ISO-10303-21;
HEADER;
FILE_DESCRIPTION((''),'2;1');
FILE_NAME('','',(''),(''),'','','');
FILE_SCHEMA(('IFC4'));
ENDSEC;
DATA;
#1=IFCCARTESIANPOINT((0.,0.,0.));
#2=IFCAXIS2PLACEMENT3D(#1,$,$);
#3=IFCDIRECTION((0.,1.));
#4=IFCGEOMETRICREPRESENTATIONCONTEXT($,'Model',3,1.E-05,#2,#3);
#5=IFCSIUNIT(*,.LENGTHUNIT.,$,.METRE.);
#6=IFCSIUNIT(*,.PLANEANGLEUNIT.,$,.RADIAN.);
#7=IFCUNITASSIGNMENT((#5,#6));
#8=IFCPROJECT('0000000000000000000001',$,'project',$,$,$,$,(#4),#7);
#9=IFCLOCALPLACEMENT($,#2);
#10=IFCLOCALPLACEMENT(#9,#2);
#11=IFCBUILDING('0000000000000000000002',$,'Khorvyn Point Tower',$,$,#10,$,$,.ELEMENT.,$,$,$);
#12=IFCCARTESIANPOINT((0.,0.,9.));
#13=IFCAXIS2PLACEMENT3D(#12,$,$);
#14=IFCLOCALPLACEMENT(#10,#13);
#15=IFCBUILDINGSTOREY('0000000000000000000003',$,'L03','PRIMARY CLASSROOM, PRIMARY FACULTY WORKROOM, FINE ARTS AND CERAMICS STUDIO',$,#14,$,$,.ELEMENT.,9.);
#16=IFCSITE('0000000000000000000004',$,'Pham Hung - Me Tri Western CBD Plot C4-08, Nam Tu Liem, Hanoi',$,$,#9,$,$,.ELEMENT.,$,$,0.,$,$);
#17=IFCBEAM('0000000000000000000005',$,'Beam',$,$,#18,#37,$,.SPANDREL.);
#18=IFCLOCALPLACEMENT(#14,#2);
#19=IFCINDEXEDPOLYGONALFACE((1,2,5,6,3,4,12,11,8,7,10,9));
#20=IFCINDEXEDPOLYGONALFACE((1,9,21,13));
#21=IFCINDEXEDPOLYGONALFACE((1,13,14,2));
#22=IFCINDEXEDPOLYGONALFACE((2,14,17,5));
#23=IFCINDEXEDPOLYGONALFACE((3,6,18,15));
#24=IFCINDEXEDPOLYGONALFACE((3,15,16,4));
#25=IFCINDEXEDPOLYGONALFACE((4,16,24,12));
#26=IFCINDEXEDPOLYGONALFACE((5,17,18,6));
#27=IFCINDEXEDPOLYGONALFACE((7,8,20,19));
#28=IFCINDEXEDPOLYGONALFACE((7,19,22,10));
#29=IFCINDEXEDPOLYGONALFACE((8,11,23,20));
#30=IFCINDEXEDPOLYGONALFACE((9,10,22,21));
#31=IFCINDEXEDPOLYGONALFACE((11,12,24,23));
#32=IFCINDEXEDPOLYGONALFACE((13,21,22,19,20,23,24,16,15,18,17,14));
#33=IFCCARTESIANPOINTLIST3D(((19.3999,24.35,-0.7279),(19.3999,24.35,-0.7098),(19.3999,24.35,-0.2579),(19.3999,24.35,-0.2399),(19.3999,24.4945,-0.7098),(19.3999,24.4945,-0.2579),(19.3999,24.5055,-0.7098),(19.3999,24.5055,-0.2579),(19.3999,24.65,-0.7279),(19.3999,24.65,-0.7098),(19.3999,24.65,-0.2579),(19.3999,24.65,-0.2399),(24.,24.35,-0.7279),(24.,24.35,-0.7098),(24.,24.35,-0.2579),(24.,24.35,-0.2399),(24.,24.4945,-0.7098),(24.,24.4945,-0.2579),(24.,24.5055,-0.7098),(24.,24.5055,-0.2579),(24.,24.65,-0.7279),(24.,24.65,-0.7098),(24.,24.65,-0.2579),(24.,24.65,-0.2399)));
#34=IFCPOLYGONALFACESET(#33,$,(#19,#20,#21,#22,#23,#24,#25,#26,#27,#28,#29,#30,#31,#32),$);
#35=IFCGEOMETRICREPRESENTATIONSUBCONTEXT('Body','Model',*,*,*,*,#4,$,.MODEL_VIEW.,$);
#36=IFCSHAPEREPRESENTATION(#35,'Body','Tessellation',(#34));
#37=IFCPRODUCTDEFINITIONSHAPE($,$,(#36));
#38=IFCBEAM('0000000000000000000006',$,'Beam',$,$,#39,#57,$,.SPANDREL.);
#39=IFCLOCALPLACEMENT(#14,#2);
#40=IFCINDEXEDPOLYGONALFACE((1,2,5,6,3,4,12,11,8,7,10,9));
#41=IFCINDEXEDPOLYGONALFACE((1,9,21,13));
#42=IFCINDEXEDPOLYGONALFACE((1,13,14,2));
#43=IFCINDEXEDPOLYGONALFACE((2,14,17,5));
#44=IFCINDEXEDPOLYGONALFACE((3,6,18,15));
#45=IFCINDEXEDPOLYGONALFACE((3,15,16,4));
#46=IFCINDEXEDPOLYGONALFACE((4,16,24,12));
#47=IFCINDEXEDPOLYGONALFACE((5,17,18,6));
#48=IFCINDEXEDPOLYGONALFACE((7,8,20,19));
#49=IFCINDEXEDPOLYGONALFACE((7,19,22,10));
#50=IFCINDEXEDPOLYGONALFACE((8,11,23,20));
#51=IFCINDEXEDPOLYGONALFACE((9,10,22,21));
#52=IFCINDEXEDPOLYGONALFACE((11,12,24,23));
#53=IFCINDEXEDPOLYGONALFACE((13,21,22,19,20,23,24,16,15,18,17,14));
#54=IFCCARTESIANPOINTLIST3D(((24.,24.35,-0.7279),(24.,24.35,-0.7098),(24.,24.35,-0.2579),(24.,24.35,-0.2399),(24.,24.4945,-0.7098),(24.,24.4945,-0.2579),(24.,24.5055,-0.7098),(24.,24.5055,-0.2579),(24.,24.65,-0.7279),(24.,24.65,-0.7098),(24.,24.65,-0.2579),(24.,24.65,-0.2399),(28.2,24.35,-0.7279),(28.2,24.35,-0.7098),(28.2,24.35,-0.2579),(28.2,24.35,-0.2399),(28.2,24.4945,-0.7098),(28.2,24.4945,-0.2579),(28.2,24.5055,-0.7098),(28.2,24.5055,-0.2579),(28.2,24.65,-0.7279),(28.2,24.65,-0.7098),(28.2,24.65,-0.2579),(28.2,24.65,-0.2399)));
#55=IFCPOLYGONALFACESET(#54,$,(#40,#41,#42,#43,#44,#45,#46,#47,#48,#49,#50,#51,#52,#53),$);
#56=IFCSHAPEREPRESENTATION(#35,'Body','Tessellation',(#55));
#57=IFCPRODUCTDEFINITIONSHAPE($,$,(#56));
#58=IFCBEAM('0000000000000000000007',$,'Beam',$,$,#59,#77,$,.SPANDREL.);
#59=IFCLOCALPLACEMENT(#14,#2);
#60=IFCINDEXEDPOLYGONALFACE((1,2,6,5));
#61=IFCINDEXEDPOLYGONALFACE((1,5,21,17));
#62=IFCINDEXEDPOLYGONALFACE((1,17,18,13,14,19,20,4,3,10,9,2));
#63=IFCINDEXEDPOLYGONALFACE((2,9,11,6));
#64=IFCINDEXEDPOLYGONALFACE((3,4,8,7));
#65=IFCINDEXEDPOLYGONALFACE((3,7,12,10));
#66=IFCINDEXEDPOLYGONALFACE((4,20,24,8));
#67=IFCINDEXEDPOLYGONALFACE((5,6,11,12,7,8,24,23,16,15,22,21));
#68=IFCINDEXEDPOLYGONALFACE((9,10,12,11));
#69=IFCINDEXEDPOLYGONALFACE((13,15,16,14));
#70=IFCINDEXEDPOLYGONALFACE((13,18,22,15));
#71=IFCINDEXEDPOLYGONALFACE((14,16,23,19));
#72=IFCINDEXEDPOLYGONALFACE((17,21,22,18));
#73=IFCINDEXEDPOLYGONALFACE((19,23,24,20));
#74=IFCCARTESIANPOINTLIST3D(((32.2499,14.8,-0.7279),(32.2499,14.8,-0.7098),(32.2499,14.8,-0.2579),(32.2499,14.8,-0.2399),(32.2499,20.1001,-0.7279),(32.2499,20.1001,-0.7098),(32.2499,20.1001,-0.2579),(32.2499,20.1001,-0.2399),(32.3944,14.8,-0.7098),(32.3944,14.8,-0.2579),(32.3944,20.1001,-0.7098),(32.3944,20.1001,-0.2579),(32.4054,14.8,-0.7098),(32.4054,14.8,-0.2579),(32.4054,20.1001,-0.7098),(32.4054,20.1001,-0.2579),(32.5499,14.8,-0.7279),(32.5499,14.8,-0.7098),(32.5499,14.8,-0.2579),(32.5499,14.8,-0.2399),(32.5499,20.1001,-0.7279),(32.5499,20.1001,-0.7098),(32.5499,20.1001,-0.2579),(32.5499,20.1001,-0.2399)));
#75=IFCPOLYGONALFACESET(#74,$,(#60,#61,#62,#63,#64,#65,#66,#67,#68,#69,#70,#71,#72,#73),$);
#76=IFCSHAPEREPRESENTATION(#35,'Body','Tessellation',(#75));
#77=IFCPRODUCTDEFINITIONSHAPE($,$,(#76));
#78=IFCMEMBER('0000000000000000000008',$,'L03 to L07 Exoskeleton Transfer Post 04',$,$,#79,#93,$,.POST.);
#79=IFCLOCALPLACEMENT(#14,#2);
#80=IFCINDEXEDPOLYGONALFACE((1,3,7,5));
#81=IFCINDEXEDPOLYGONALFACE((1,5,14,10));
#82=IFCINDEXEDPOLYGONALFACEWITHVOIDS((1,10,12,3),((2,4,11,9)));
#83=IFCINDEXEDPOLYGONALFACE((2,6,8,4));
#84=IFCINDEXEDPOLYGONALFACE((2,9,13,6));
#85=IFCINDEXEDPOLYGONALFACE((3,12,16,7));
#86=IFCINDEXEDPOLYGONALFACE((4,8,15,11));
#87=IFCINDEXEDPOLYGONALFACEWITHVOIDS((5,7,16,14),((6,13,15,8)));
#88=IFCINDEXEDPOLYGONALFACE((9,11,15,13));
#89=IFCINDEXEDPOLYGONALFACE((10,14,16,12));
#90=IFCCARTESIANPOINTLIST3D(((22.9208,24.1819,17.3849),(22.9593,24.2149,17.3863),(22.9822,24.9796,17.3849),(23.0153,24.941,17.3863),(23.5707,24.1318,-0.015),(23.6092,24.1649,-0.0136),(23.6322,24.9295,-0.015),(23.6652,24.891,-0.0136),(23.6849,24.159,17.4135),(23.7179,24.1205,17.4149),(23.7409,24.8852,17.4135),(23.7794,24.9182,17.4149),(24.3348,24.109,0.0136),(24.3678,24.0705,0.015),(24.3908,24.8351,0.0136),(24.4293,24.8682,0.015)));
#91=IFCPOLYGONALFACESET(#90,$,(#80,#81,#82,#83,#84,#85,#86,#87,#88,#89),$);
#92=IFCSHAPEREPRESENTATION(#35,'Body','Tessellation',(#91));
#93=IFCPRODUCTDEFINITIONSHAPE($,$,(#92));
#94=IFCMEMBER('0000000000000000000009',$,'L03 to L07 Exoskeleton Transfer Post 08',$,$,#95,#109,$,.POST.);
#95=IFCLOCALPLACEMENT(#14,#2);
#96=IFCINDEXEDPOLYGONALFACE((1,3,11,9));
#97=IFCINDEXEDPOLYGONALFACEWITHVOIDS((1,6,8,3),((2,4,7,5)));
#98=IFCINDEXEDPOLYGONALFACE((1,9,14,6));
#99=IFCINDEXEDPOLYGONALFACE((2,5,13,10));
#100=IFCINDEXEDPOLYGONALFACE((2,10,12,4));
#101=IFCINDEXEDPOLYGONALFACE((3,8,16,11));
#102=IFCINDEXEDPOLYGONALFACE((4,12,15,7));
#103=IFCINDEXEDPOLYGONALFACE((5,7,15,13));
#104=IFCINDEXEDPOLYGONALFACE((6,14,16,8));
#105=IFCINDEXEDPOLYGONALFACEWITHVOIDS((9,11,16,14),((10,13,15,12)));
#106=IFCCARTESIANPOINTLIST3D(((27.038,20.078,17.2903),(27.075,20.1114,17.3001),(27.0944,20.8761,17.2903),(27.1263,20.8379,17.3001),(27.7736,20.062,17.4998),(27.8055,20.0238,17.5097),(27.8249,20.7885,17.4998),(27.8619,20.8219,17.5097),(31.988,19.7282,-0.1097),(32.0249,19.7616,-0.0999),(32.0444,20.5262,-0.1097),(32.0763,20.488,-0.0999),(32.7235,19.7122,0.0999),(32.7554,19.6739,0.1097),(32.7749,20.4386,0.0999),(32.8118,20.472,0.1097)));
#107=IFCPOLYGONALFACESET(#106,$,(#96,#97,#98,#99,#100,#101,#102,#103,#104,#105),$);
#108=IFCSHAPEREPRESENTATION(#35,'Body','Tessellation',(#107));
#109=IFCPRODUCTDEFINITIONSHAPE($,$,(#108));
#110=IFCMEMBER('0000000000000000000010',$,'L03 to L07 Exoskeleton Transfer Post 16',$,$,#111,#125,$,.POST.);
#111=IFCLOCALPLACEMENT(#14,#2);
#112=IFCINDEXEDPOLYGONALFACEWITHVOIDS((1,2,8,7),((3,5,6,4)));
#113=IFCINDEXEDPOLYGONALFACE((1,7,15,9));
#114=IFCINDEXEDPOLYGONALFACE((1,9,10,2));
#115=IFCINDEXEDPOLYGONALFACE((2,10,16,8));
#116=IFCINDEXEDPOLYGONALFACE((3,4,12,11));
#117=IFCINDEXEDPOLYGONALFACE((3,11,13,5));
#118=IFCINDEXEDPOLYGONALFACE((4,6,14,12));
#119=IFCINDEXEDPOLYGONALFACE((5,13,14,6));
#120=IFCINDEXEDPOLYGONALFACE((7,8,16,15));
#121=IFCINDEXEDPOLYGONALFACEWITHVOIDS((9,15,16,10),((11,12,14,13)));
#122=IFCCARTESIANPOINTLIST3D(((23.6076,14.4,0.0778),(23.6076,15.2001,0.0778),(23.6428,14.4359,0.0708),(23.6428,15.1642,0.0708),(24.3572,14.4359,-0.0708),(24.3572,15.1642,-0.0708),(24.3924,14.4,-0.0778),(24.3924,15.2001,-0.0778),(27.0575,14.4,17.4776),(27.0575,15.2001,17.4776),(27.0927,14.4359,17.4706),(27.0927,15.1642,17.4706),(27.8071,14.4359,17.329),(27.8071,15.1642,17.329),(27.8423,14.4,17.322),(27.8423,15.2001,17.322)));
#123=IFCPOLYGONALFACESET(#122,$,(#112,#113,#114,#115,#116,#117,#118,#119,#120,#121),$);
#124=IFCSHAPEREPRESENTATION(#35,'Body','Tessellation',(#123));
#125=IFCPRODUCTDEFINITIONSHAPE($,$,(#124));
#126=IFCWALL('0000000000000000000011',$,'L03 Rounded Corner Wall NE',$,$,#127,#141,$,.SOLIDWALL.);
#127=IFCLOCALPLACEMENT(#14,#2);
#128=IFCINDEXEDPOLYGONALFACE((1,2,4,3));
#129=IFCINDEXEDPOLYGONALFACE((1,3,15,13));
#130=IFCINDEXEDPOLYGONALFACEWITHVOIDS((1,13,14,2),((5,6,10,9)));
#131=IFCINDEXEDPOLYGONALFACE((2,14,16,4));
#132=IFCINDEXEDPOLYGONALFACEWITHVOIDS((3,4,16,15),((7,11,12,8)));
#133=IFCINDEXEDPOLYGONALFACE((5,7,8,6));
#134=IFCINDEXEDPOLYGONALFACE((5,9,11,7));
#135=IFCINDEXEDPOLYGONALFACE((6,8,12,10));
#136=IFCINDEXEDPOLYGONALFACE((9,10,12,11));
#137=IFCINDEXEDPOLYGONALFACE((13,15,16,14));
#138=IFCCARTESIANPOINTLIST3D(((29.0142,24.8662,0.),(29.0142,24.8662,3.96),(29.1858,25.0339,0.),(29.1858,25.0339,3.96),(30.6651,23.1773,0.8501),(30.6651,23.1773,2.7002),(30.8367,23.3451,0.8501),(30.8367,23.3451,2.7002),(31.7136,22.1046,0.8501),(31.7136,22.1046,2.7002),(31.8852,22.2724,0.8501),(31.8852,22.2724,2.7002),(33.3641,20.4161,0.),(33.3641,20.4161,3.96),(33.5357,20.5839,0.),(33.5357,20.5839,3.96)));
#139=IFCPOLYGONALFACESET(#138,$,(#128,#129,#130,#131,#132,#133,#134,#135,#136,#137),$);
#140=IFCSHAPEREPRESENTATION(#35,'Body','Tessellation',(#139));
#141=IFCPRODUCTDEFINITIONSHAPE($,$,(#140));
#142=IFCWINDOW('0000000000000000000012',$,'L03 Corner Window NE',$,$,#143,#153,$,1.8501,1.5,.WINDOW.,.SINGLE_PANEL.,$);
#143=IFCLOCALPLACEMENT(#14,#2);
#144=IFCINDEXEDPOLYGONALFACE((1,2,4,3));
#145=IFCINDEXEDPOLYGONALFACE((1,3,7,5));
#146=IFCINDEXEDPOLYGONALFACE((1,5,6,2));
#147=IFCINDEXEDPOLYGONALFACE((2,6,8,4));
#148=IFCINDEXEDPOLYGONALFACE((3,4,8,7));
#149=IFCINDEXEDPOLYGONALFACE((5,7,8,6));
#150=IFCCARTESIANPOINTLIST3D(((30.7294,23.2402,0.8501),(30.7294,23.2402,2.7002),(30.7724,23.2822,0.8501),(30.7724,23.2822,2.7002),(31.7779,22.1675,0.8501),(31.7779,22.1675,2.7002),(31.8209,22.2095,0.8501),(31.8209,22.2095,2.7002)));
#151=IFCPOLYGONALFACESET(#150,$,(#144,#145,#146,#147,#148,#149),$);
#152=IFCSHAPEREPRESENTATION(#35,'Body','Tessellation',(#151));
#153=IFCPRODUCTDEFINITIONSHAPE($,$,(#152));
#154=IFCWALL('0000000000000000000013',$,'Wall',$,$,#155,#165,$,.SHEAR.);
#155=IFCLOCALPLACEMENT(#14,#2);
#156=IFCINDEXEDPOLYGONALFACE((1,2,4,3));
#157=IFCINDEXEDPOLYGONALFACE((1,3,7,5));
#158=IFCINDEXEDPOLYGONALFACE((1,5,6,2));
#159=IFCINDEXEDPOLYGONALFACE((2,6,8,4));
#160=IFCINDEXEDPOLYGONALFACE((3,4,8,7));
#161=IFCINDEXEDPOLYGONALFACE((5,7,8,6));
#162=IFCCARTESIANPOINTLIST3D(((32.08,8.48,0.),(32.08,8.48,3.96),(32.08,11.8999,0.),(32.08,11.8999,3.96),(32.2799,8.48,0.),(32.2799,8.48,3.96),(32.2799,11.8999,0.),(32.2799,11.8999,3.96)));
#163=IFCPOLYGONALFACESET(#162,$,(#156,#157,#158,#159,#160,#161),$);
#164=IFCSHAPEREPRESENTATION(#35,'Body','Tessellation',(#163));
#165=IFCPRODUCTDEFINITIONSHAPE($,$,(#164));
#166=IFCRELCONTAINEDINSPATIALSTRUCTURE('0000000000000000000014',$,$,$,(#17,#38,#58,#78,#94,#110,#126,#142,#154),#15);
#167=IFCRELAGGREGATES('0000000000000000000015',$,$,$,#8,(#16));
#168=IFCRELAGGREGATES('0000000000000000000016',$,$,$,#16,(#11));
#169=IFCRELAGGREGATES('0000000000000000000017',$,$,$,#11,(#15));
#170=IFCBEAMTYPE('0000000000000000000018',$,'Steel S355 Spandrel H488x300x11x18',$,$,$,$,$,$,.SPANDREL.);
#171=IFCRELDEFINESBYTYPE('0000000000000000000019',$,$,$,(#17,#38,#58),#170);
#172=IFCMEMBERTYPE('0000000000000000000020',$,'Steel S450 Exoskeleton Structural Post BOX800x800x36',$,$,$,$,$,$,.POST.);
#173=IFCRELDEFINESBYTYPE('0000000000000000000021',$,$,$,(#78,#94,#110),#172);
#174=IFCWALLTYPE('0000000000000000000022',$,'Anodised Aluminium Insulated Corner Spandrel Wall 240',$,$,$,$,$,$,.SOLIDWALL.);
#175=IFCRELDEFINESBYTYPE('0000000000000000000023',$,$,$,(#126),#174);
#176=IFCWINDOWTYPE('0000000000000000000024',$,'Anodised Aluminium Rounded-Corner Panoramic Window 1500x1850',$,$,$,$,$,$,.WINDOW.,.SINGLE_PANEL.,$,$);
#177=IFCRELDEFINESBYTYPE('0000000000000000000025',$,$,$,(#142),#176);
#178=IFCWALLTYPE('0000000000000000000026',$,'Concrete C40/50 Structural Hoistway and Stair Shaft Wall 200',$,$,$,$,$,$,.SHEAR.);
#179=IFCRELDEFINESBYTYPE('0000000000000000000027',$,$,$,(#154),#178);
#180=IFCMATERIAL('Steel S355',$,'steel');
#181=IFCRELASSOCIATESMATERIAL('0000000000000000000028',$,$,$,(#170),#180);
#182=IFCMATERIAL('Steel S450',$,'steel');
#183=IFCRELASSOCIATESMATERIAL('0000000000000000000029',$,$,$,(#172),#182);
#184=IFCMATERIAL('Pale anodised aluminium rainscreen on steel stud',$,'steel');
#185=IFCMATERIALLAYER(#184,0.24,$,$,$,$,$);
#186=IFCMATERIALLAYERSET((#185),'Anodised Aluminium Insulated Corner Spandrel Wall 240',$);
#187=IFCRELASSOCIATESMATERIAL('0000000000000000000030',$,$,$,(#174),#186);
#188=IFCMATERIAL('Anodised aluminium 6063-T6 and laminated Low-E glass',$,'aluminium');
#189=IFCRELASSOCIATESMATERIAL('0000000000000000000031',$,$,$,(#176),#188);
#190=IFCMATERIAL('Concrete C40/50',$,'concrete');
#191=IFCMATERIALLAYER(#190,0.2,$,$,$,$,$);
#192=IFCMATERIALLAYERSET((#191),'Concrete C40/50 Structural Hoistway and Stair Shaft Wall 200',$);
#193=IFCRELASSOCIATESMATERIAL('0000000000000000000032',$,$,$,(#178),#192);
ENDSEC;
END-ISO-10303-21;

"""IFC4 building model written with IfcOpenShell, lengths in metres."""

from ifc_helpers import new_model, si_unit, direction, frame, frame_2d, origin, origin_2d, place, context, subcontext, project, spatial, rectangle, hollow_rectangle, i_section, extrude, material, layer, layer_set, material_profile, profile_set, type_object, element, fill, save


model = new_model("IFC4")

# Units and contexts
model_context = context("Model", 3, precision=1e-05, world=origin(), true_north=direction((0.0, 1.0)))
body_context = subcontext(model_context, "Body", "Model", "MODEL_VIEW")
ifc_project = project(units=[si_unit("LENGTHUNIT", "METRE"), si_unit("PLANEANGLEUNIT", "RADIAN")], contexts=[model_context])

# Site, building, storey
site_placement = place(None, origin())
site = spatial("IfcSite", under=ifc_project, at=site_placement, Name="Pham Hung - Me Tri Western CBD Plot C4-08, Nam Tu Liem, Hanoi", CompositionType="ELEMENT", RefElevation=0.0)
building_placement = place(site_placement, origin())
building = spatial("IfcBuilding", under=site, at=building_placement, Name="Khorvyn Point Tower", CompositionType="ELEMENT")
storey_placement = place(building_placement, frame((0.0, 0.0, 9.0)))
storey = spatial("IfcBuildingStorey", under=building, at=storey_placement, Name="L03", Description="PRIMARY CLASSROOM, PRIMARY FACULTY WORKROOM, FINE ARTS AND CERAMICS STUDIO", CompositionType="ELEMENT", Elevation=9.0)

# Shared definitions
ifc_material_1 = material(Name="Concrete C40/50", Category="concrete")

# Beams
ifc_material_2 = material(Name="Steel S355", Category="steel")
ifc_material_profile_1 = material_profile(ifc_material_2, i_section(OverallWidth=0.3, OverallDepth=0.488, WebThickness=0.011, FlangeThickness=0.0181, at=origin_2d()))
ifc_profile_set_1 = profile_set([ifc_material_profile_1], Name="Steel S355 H488x300x11x18")
beam_type_1 = type_object("IfcBeamType", Name="Steel S355 Spandrel H488x300x11x18", PredefinedType="SPANDREL", material=ifc_profile_set_1)
beam_1_placement = place(storey_placement, frame((19.3999, 24.5, -0.4839), z_axis=(1.0, 0.0, 0.0), x_axis=(0.0, 1.0, 0.0)))
element("IfcBeam", 1, at=beam_1_placement, inside=storey, type_object=beam_type_1, Name="Beam", PredefinedType="SPANDREL", context=body_context, shape_type="SweptSolid", body=[
    extrude(i_section(OverallWidth=0.3, OverallDepth=0.488, WebThickness=0.011, FlangeThickness=0.0181, at=origin_2d()), origin(), (0.0, 0.0, 1.0), 4.6001),
])
beam_2_placement = place(storey_placement, frame((24.0, 24.5, -0.4839), z_axis=(1.0, 0.0, 0.0), x_axis=(0.0, 1.0, 0.0)))
element("IfcBeam", 2, at=beam_2_placement, inside=storey, type_object=beam_type_1, Name="Beam", PredefinedType="SPANDREL", context=body_context, shape_type="SweptSolid", body=[
    extrude(i_section(OverallWidth=0.3, OverallDepth=0.488, WebThickness=0.011, FlangeThickness=0.0181, at=origin_2d()), origin(), (0.0, 0.0, 1.0), 4.2),
])
beam_3_placement = place(storey_placement, frame((32.3999, 14.8, -0.4839), z_axis=(0.0, 1.0, 0.0), x_axis=(-1.0, 0.0, 0.0)))
element("IfcBeam", 3, at=beam_3_placement, inside=storey, type_object=beam_type_1, Name="Beam", PredefinedType="SPANDREL", context=body_context, shape_type="SweptSolid", body=[
    extrude(i_section(OverallWidth=0.3, OverallDepth=0.488, WebThickness=0.011, FlangeThickness=0.0181, at=origin_2d()), origin(), (0.0, 0.0, 1.0), 5.3),
])

# Members
ifc_material_3 = material(Name="Steel S450", Category="steel")
ifc_material_profile_2 = material_profile(ifc_material_3, hollow_rectangle(XDim=0.8, YDim=0.8, WallThickness=0.0359, at=origin_2d()))
ifc_profile_set_2 = profile_set([ifc_material_profile_2], Name="Steel S450 BOX800x800x36")
member_type = type_object("IfcMemberType", Name="Steel S450 Exoskeleton Structural Post BOX800x800x36", PredefinedType="POST", material=ifc_profile_set_2)
member_1_placement = place(storey_placement, frame((24.0, 24.5, 0.0), z_axis=(-0.037325, 0.002874, 0.999299), x_axis=(-0.076782, -0.997048, 0.0)))
element("IfcMember", 4, at=member_1_placement, inside=storey, type_object=member_type, Name="L03 to L07 Exoskeleton Transfer Post 04", PredefinedType="POST", context=body_context, shape_type="SweptSolid", body=[
    extrude(hollow_rectangle(XDim=0.8, YDim=0.8, WallThickness=0.0359, at=origin_2d()), origin(), (0.0, 0.0, 1.0), 17.4121),
])
member_2_placement = place(storey_placement, frame((32.3999, 20.1001, 0.0), z_axis=(-0.273574, 0.019336, 0.961657), x_axis=(-0.070502, -0.997512, 0.0)))
element("IfcMember", 5, at=member_2_placement, inside=storey, type_object=member_type, Name="L03 to L07 Exoskeleton Transfer Post 08", PredefinedType="POST", context=body_context, shape_type="SweptSolid", body=[
    extrude(hollow_rectangle(XDim=0.8, YDim=0.8, WallThickness=0.0359, at=origin_2d()), origin(), (0.0, 0.0, 1.0), 18.0938),
])
member_3_placement = place(storey_placement, frame((24.0, 14.8, 0.0), z_axis=(0.194488, 0.0, 0.980905), x_axis=(0.0, 1.0, 0.0)))
element("IfcMember", 6, at=member_3_placement, inside=storey, type_object=member_type, Name="L03 to L07 Exoskeleton Transfer Post 16", PredefinedType="POST", context=body_context, shape_type="SweptSolid", body=[
    extrude(hollow_rectangle(XDim=0.8, YDim=0.8, WallThickness=0.0359, at=origin_2d()), origin(), (0.0, 0.0, 1.0), 17.7385),
])

# Wall, opening, window
ifc_material_4 = material(Name="Pale anodised aluminium rainscreen on steel stud", Category="steel")
ifc_layer_1 = layer(ifc_material_4, 0.24)
ifc_layer_set_1 = layer_set([ifc_layer_1], Name="Anodised Aluminium Insulated Corner Spandrel Wall 240")
wall_type_1 = type_object("IfcWallType", Name="Anodised Aluminium Insulated Corner Spandrel Wall 240", PredefinedType="SOLIDWALL", material=ifc_layer_set_1)
wall_1_placement = place(storey_placement, frame((29.1001, 24.95, 0.0), z_axis=(0.0, 0.0, 1.0), x_axis=(0.699018, -0.715104, 0.0)))
wall_1 = element("IfcWall", 7, at=wall_1_placement, inside=storey, type_object=wall_type_1, Name="L03 Rounded Corner Wall NE", PredefinedType="SOLIDWALL", context=body_context, shape_type="SweptSolid", body=[
    extrude(rectangle(XDim=6.2229, YDim=0.24, at=frame_2d((3.1113, 0.0))), origin(), (0.0, 0.0, 1.0), 3.96),
])
opening_1_placement = place(wall_1_placement, frame((2.3616, 0.0, 0.8501)))
opening_1 = element("IfcOpeningElement", 8, at=opening_1_placement, cuts=wall_1, PredefinedType="OPENING", context=body_context, shape_type="SweptSolid", body=[
    extrude(rectangle(XDim=1.5, YDim=1.8501, at=frame_2d((0.75, 0.925))), frame((0.0, 0.1299, 0.0), z_axis=(0.0, -1.0, 0.0), x_axis=(1.0, 0.0, 0.0)), (0.0, 0.0, 1.0), 0.26),
])
ifc_material_5 = material(Name="Anodised aluminium 6063-T6 and laminated Low-E glass", Category="aluminium")
window_type = type_object("IfcWindowType", Name="Anodised Aluminium Rounded-Corner Panoramic Window 1500x1850", PartitioningType="SINGLE_PANEL", PredefinedType="WINDOW", material=ifc_material_5)
window_placement = place(opening_1_placement, origin())
window = element("IfcWindow", 9, at=window_placement, inside=storey, type_object=window_type, Name="L03 Corner Window NE", OverallHeight=1.8501, OverallWidth=1.5, PartitioningType="SINGLE_PANEL", PredefinedType="WINDOW", context=body_context, shape_type="SweptSolid", body=[
    extrude(rectangle(XDim=1.5, YDim=1.8501, at=frame_2d((0.75, 0.925))), frame((0.0, 0.03, 0.0), z_axis=(0.0, -1.0, 0.0), x_axis=(1.0, 0.0, 0.0)), (0.0, 0.0, 1.0), 0.0601),
])
fill(opening_1, window)

# Wall
ifc_layer_2 = layer(ifc_material_1, 0.2)
ifc_layer_set_2 = layer_set([ifc_layer_2], Name="Concrete C40/50 Structural Hoistway and Stair Shaft Wall 200")
wall_type_2 = type_object("IfcWallType", Name="Concrete C40/50 Structural Hoistway and Stair Shaft Wall 200", PredefinedType="SHEAR", material=ifc_layer_set_2)
wall_2_placement = place(storey_placement, frame((32.1799, 11.8999, 0.0), z_axis=(0.0, 0.0, 1.0), x_axis=(0.0, -1.0, 0.0)))
element("IfcWall", 10, at=wall_2_placement, inside=storey, type_object=wall_type_2, Name="Wall", PredefinedType="SHEAR", context=body_context, shape_type="SweptSolid", body=[
    extrude(rectangle(XDim=3.4199, YDim=0.2, at=frame_2d((1.71, 0.0))), origin(), (0.0, 0.0, 1.0), 3.96),
])

save(model, "model.ifc")
